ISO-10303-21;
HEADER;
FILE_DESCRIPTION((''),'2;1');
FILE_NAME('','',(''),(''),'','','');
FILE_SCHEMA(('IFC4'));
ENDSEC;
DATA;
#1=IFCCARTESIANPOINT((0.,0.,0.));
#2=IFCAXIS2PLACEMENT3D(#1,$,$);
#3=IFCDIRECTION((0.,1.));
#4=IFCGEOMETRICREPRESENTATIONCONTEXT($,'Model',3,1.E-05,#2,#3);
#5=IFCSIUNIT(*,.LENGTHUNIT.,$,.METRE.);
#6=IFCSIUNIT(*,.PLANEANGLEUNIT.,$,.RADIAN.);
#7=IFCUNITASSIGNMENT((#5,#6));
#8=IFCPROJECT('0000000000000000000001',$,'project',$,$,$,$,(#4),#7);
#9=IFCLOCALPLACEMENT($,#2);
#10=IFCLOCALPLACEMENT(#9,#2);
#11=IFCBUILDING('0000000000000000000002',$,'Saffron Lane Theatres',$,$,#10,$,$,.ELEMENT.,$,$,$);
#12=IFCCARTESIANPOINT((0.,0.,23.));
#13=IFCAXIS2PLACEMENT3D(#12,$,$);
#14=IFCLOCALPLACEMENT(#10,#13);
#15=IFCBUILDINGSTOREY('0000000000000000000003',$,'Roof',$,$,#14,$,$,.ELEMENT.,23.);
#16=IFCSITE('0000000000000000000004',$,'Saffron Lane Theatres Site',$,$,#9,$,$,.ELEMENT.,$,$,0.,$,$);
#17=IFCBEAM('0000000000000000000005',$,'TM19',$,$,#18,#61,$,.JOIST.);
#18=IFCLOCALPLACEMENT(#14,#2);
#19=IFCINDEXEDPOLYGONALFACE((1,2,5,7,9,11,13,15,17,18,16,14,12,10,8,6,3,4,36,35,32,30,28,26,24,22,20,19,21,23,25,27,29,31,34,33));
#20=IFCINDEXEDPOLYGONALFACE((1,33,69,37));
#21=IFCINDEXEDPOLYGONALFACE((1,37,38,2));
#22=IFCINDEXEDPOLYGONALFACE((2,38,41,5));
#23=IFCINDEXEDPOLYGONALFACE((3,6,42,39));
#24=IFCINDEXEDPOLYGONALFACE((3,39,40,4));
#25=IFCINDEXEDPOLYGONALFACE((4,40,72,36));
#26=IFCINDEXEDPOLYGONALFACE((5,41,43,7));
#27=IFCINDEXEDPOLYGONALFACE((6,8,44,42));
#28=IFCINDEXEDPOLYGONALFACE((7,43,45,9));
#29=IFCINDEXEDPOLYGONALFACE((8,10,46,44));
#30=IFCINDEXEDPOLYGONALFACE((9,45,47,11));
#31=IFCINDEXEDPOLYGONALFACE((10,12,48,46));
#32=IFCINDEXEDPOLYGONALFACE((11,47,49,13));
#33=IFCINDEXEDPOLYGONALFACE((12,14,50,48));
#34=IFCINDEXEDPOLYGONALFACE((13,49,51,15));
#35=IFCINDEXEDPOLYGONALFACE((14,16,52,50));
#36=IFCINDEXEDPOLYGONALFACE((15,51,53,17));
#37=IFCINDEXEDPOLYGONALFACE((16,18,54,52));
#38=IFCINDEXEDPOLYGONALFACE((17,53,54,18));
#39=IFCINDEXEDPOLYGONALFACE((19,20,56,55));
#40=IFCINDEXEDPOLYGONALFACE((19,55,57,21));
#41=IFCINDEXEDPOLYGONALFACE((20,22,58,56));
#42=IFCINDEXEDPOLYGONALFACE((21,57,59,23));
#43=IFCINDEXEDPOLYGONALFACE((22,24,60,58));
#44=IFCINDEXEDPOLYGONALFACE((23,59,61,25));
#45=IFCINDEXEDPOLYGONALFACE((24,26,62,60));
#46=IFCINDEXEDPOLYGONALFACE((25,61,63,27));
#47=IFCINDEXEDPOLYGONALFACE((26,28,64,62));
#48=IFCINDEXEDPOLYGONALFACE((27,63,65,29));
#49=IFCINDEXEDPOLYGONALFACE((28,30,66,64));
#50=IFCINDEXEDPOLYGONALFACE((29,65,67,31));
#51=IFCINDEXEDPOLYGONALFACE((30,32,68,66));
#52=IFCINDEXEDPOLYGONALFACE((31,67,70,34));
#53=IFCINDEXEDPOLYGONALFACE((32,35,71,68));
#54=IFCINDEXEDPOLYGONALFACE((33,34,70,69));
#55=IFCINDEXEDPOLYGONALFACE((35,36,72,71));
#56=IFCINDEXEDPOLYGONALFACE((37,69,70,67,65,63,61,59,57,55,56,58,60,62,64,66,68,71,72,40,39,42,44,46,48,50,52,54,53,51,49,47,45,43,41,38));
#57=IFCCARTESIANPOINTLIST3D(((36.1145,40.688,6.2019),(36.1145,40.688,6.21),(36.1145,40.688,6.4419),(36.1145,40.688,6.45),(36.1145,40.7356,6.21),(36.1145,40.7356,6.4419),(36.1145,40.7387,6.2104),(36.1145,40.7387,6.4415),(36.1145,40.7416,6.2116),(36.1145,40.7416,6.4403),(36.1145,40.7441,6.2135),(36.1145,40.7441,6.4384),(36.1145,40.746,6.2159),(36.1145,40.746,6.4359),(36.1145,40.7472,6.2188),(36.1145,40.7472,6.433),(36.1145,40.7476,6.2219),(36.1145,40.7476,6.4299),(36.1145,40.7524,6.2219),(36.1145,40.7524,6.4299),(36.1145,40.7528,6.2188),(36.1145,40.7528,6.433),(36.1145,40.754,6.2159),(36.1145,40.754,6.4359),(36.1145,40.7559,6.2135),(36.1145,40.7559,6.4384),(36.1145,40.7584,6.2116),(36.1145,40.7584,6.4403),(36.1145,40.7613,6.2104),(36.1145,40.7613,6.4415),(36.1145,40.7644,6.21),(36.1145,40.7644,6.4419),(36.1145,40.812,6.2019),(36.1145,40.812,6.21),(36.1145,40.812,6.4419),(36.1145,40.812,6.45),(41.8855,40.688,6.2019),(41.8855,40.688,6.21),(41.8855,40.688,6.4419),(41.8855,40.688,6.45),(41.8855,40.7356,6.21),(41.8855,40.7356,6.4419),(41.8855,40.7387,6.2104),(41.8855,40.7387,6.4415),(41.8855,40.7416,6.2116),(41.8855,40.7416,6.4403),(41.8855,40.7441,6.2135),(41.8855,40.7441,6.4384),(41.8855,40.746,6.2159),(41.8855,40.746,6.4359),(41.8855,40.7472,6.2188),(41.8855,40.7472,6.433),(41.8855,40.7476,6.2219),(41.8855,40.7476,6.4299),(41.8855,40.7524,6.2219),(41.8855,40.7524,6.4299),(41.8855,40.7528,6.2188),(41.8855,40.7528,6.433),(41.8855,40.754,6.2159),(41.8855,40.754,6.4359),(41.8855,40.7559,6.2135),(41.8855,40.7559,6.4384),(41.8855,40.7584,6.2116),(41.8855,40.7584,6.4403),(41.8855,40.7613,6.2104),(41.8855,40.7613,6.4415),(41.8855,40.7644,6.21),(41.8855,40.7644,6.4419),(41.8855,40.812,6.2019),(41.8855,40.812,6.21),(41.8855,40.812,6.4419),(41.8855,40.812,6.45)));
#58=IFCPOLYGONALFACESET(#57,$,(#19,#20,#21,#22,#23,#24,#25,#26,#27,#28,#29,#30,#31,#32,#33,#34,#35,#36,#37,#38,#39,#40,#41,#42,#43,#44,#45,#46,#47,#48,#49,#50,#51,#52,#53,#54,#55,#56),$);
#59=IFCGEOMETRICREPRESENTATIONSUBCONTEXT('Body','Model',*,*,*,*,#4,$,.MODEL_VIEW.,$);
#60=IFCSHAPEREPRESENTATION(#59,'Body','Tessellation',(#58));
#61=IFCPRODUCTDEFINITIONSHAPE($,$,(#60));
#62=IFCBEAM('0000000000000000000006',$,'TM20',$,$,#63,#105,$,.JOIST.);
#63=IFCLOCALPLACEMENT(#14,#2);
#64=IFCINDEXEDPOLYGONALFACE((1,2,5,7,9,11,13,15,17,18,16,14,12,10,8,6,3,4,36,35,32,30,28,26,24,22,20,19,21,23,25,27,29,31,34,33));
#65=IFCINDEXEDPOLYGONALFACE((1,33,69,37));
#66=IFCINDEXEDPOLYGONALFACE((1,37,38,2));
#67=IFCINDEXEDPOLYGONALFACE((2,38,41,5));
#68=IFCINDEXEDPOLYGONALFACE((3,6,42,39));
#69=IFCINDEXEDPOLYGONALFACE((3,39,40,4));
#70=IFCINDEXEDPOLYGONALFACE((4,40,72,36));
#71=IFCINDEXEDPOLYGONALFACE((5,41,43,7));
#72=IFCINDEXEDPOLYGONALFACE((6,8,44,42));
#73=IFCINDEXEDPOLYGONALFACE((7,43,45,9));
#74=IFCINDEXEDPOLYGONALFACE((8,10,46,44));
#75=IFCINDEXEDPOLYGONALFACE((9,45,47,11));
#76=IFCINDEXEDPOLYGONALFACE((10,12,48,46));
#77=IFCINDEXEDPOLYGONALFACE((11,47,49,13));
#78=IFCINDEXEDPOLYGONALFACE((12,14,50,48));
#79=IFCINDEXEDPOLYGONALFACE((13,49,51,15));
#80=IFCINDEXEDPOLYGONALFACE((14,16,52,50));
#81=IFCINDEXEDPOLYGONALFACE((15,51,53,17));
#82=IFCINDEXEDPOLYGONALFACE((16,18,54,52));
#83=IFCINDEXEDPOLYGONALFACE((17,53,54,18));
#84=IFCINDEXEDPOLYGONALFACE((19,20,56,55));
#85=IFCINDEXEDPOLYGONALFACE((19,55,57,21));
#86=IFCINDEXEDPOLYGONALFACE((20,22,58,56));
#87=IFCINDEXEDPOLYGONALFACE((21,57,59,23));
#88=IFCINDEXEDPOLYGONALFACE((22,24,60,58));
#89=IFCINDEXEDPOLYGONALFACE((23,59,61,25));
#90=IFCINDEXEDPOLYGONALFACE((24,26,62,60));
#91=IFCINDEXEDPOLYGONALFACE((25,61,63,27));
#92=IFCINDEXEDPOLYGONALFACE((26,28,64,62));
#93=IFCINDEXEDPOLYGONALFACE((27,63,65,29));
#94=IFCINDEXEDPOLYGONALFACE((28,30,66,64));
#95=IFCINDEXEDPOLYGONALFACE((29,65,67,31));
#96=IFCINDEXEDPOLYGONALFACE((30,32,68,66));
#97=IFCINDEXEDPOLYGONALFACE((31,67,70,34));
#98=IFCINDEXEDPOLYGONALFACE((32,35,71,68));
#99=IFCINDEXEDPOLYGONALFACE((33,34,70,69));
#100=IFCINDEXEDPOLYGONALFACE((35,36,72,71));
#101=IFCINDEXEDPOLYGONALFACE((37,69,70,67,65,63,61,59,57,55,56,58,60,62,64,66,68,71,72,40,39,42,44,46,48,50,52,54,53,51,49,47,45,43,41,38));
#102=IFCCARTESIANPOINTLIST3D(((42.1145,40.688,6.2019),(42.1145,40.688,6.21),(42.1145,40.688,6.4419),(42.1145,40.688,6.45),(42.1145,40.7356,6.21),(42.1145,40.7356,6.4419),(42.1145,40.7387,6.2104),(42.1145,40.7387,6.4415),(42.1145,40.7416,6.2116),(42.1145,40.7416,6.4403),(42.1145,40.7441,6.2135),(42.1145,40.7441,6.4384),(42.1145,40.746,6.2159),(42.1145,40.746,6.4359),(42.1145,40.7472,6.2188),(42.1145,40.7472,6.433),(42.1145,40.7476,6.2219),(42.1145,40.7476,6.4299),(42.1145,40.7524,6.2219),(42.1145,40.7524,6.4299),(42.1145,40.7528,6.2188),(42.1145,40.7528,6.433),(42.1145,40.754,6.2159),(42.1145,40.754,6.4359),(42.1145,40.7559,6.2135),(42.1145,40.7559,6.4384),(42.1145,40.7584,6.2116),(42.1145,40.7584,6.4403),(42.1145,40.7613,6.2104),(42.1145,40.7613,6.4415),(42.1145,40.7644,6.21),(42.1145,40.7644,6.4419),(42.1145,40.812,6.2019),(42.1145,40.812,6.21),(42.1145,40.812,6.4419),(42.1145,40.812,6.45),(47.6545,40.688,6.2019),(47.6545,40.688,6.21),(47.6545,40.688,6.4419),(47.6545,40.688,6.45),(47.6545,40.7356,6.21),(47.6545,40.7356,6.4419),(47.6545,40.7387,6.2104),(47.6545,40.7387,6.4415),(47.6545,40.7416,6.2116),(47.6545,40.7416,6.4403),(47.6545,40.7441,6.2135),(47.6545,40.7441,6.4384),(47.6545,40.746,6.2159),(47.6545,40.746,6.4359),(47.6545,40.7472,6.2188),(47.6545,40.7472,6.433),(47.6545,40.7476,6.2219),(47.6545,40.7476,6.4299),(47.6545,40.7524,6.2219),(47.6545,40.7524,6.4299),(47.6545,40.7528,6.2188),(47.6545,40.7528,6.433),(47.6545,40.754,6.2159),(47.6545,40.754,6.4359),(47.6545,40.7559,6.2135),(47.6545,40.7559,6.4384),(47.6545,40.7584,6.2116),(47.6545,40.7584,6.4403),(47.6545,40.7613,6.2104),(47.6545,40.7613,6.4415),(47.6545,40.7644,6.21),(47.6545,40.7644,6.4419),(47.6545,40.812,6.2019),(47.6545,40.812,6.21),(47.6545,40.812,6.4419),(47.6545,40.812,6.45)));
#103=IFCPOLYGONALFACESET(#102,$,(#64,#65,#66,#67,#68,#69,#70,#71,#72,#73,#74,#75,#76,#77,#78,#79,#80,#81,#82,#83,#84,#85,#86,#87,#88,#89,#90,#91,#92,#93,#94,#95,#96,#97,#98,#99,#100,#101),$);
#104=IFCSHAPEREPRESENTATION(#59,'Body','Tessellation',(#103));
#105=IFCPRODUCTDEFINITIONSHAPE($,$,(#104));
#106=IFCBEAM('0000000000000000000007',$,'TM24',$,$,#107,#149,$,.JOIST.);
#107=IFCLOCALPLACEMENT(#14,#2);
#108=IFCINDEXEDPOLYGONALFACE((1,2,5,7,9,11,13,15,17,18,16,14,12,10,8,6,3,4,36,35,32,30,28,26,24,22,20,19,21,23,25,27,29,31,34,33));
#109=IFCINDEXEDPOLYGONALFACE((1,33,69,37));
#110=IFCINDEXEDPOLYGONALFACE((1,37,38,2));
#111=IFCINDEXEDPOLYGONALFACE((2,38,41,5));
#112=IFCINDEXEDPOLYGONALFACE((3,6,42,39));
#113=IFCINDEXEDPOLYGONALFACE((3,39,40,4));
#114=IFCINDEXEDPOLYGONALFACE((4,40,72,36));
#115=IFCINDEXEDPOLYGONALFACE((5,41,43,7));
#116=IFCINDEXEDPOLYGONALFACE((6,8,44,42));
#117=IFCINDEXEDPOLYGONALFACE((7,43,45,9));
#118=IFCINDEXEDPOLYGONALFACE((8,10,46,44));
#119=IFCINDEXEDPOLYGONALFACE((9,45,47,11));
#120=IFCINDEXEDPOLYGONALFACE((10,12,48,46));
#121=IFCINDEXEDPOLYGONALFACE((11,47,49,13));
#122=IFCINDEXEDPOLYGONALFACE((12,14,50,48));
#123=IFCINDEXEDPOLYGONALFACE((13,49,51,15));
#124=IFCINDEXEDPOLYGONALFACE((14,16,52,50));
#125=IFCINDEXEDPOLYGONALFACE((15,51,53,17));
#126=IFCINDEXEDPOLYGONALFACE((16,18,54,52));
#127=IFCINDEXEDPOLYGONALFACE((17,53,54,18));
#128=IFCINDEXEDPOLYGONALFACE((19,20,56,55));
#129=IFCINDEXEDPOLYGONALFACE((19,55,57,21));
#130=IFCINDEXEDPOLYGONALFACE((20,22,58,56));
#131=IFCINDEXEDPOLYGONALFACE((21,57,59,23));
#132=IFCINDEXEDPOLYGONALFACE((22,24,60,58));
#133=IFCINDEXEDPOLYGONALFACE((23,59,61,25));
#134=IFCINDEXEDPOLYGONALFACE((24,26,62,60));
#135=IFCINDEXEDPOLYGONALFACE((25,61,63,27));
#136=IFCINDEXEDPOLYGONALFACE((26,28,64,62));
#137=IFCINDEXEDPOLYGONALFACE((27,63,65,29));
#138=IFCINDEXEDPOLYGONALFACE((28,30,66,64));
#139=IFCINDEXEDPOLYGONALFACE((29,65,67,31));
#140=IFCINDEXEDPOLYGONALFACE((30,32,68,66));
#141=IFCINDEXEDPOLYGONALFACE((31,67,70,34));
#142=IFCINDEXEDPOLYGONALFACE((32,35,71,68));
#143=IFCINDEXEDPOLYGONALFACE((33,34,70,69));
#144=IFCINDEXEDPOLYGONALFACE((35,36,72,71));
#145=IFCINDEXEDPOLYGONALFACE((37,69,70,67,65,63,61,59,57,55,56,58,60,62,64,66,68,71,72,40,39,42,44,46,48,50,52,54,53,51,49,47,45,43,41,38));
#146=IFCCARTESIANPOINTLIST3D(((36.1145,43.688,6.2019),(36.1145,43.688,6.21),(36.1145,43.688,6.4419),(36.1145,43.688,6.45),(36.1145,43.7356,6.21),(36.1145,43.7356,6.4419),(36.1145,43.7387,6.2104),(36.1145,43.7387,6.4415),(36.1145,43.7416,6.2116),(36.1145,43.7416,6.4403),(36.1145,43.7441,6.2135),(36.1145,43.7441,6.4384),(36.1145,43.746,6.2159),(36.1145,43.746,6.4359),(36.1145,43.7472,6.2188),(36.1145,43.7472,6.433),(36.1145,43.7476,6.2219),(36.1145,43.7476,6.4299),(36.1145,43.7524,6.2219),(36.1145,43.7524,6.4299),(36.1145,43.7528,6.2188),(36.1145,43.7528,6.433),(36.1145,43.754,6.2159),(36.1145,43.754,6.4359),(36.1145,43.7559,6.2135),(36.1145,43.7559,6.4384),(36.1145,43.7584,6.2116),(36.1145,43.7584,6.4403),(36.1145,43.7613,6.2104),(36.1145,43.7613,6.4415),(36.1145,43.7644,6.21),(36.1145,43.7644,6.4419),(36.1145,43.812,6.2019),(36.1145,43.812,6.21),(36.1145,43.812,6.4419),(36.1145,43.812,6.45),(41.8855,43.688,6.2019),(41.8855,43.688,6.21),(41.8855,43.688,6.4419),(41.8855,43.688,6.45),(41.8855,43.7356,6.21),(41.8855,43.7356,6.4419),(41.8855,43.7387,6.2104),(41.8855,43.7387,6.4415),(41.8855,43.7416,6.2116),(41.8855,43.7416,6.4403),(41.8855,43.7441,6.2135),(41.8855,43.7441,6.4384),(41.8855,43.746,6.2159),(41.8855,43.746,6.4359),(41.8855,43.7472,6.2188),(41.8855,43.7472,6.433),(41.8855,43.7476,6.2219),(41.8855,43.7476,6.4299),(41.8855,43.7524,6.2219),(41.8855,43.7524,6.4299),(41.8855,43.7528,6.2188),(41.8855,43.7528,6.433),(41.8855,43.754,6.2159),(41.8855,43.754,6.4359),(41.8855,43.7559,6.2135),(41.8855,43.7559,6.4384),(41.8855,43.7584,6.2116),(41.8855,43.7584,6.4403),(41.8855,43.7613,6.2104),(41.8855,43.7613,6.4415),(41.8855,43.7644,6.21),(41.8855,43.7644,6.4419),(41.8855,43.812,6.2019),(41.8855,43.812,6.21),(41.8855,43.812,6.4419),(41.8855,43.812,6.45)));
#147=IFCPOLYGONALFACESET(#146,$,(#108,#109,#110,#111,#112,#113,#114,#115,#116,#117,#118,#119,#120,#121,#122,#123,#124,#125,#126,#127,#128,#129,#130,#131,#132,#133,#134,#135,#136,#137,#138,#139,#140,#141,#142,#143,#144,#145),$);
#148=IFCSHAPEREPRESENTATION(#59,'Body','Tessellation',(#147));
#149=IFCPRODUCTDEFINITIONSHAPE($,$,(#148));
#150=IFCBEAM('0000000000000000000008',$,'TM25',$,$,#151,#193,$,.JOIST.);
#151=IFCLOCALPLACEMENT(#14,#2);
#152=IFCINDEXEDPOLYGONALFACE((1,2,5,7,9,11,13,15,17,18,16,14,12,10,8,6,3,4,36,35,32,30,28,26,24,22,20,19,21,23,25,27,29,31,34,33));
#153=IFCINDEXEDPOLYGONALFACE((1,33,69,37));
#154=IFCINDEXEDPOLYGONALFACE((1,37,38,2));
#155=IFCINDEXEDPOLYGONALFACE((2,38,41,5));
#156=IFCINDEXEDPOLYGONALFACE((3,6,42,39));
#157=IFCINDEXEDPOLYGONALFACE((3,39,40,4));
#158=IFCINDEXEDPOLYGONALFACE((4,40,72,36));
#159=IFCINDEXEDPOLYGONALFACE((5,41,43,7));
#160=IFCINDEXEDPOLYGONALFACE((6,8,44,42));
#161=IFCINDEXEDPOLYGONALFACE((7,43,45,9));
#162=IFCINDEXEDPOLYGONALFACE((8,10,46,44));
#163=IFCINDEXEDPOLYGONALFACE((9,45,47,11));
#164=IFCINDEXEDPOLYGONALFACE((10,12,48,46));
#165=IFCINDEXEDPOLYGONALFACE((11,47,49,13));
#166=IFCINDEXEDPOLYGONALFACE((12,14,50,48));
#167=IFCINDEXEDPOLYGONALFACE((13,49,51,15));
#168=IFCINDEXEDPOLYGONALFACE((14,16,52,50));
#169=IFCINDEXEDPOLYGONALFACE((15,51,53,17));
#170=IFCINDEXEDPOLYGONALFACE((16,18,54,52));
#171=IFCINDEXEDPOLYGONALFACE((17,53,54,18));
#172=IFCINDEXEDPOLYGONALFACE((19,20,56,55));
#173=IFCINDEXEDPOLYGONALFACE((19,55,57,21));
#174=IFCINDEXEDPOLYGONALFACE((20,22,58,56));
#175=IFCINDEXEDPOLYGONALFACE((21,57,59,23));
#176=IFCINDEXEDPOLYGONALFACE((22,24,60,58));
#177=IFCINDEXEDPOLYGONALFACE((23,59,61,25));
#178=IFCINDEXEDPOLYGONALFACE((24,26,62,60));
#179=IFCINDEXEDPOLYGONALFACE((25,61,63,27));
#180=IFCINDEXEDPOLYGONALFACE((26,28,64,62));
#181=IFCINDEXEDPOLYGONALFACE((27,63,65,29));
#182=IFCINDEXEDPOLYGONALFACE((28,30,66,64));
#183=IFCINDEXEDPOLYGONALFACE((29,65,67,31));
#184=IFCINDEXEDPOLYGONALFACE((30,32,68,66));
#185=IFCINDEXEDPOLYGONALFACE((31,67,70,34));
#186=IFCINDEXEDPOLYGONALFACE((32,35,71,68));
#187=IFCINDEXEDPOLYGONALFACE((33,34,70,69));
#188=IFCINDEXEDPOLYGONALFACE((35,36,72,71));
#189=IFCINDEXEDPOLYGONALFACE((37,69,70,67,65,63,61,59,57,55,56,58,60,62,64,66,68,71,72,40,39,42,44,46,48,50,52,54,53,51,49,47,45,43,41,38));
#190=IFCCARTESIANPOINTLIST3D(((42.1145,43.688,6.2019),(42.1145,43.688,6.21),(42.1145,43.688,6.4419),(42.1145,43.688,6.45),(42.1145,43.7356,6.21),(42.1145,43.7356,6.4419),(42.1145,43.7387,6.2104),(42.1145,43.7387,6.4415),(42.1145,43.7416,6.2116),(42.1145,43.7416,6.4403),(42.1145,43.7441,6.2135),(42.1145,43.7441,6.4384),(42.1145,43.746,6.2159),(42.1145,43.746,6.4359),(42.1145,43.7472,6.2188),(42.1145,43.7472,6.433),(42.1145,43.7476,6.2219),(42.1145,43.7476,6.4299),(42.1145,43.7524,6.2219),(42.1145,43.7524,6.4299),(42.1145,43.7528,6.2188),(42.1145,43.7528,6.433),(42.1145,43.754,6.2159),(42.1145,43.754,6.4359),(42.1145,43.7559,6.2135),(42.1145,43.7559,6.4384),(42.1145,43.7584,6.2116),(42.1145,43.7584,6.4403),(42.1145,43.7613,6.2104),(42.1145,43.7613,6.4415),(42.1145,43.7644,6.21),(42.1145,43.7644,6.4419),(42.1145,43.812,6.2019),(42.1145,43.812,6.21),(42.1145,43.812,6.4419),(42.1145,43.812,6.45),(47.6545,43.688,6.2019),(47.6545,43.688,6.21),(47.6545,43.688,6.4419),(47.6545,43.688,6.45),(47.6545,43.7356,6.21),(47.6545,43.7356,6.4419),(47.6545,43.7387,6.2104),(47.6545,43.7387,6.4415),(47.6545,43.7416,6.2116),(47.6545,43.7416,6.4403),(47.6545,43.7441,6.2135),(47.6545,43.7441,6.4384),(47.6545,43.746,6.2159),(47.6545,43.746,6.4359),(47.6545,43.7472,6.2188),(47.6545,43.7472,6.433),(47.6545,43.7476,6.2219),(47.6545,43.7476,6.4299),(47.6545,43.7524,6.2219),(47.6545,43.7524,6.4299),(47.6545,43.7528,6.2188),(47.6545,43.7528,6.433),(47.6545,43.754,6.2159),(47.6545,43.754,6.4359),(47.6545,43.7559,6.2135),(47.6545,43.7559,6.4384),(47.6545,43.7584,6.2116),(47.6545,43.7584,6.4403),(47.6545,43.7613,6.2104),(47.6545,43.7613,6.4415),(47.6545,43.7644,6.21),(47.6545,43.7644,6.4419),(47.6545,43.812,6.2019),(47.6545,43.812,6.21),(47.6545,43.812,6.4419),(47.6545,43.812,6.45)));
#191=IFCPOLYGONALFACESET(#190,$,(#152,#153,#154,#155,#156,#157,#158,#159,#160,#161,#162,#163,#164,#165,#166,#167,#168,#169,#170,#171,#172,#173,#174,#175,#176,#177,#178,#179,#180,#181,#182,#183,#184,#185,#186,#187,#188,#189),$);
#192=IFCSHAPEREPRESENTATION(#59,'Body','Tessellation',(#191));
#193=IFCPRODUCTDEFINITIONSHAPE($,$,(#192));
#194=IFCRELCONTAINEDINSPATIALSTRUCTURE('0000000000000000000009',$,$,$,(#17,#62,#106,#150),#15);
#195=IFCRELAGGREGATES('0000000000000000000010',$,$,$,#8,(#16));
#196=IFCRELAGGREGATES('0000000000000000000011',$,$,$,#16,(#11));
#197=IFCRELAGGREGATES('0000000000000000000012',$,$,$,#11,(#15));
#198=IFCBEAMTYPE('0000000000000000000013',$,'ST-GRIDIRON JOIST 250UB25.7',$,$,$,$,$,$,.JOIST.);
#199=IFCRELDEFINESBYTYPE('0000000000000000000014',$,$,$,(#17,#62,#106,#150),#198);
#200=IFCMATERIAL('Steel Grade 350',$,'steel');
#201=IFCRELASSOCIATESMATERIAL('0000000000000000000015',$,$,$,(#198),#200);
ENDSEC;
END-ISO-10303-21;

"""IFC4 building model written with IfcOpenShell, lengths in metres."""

from ifc_helpers import new_model, si_unit, direction, frame, origin, origin_2d, place, context, subcontext, project, spatial, i_section, extrude, material, material_profile, profile_set, type_object, element, save


model = new_model("IFC4")

# Units and contexts
model_context = context("Model", 3, precision=1e-05, world=origin(), true_north=direction((0.0, 1.0)))
body_context = subcontext(model_context, "Body", "Model", "MODEL_VIEW")
ifc_project = project(units=[si_unit("LENGTHUNIT", "METRE"), si_unit("PLANEANGLEUNIT", "RADIAN")], contexts=[model_context])

# Site, building, storey
site_placement = place(None, origin())
site = spatial("IfcSite", under=ifc_project, at=site_placement, Name="Saffron Lane Theatres Site", CompositionType="ELEMENT", RefElevation=0.0)
building_placement = place(site_placement, origin())
building = spatial("IfcBuilding", under=site, at=building_placement, Name="Saffron Lane Theatres", CompositionType="ELEMENT")
storey_placement = place(building_placement, frame((0.0, 0.0, 23.0)))
storey = spatial("IfcBuildingStorey", under=building, at=storey_placement, Name="Roof", CompositionType="ELEMENT", Elevation=23.0)

# Beams
ifc_material_1 = material(Name="Steel Grade 350", Category="steel")
ifc_material_profile_1 = material_profile(ifc_material_1, i_section(OverallWidth=0.124, OverallDepth=0.248, WebThickness=0.0049, FlangeThickness=0.0081, FilletRadius=0.012, at=origin_2d()))
ifc_profile_set_1 = profile_set([ifc_material_profile_1], Name="Steel Grade 350")
beam_type_1 = type_object("IfcBeamType", Name="ST-GRIDIRON JOIST 250UB25.7", PredefinedType="JOIST", material=ifc_profile_set_1)
beam_1_placement = place(storey_placement, frame((36.1145, 40.75, 6.3259), z_axis=(1.0, 0.0, 0.0), x_axis=(0.0, 1.0, 0.0)))
element("IfcBeam", 1, at=beam_1_placement, inside=storey, type_object=beam_type_1, Name="TM19", PredefinedType="JOIST", context=body_context, shape_type="SweptSolid", body=[
    extrude(i_section(OverallWidth=0.124, OverallDepth=0.248, WebThickness=0.0049, FlangeThickness=0.0081, FilletRadius=0.012, at=origin_2d()), origin(), (0.0, 0.0, 1.0), 5.771),
])
beam_2_placement = place(storey_placement, frame((42.1145, 40.75, 6.3259), z_axis=(1.0, 0.0, 0.0), x_axis=(0.0, 1.0, 0.0)))
element("IfcBeam", 2, at=beam_2_placement, inside=storey, type_object=beam_type_1, Name="TM20", PredefinedType="JOIST", context=body_context, shape_type="SweptSolid", body=[
    extrude(i_section(OverallWidth=0.124, OverallDepth=0.248, WebThickness=0.0049, FlangeThickness=0.0081, FilletRadius=0.012, at=origin_2d()), origin(), (0.0, 0.0, 1.0), 5.54),
])
beam_3_placement = place(storey_placement, frame((36.1145, 43.75, 6.3259), z_axis=(1.0, 0.0, 0.0), x_axis=(0.0, 1.0, 0.0)))
element("IfcBeam", 3, at=beam_3_placement, inside=storey, type_object=beam_type_1, Name="TM24", PredefinedType="JOIST", context=body_context, shape_type="SweptSolid", body=[
    extrude(i_section(OverallWidth=0.124, OverallDepth=0.248, WebThickness=0.0049, FlangeThickness=0.0081, FilletRadius=0.012, at=origin_2d()), origin(), (0.0, 0.0, 1.0), 5.771),
])
beam_4_placement = place(storey_placement, frame((42.1145, 43.75, 6.3259), z_axis=(1.0, 0.0, 0.0), x_axis=(0.0, 1.0, 0.0)))
element("IfcBeam", 4, at=beam_4_placement, inside=storey, type_object=beam_type_1, Name="TM25", PredefinedType="JOIST", context=body_context, shape_type="SweptSolid", body=[
    extrude(i_section(OverallWidth=0.124, OverallDepth=0.248, WebThickness=0.0049, FlangeThickness=0.0081, FilletRadius=0.012, at=origin_2d()), origin(), (0.0, 0.0, 1.0), 5.54),
])

save(model, "model.ifc")
